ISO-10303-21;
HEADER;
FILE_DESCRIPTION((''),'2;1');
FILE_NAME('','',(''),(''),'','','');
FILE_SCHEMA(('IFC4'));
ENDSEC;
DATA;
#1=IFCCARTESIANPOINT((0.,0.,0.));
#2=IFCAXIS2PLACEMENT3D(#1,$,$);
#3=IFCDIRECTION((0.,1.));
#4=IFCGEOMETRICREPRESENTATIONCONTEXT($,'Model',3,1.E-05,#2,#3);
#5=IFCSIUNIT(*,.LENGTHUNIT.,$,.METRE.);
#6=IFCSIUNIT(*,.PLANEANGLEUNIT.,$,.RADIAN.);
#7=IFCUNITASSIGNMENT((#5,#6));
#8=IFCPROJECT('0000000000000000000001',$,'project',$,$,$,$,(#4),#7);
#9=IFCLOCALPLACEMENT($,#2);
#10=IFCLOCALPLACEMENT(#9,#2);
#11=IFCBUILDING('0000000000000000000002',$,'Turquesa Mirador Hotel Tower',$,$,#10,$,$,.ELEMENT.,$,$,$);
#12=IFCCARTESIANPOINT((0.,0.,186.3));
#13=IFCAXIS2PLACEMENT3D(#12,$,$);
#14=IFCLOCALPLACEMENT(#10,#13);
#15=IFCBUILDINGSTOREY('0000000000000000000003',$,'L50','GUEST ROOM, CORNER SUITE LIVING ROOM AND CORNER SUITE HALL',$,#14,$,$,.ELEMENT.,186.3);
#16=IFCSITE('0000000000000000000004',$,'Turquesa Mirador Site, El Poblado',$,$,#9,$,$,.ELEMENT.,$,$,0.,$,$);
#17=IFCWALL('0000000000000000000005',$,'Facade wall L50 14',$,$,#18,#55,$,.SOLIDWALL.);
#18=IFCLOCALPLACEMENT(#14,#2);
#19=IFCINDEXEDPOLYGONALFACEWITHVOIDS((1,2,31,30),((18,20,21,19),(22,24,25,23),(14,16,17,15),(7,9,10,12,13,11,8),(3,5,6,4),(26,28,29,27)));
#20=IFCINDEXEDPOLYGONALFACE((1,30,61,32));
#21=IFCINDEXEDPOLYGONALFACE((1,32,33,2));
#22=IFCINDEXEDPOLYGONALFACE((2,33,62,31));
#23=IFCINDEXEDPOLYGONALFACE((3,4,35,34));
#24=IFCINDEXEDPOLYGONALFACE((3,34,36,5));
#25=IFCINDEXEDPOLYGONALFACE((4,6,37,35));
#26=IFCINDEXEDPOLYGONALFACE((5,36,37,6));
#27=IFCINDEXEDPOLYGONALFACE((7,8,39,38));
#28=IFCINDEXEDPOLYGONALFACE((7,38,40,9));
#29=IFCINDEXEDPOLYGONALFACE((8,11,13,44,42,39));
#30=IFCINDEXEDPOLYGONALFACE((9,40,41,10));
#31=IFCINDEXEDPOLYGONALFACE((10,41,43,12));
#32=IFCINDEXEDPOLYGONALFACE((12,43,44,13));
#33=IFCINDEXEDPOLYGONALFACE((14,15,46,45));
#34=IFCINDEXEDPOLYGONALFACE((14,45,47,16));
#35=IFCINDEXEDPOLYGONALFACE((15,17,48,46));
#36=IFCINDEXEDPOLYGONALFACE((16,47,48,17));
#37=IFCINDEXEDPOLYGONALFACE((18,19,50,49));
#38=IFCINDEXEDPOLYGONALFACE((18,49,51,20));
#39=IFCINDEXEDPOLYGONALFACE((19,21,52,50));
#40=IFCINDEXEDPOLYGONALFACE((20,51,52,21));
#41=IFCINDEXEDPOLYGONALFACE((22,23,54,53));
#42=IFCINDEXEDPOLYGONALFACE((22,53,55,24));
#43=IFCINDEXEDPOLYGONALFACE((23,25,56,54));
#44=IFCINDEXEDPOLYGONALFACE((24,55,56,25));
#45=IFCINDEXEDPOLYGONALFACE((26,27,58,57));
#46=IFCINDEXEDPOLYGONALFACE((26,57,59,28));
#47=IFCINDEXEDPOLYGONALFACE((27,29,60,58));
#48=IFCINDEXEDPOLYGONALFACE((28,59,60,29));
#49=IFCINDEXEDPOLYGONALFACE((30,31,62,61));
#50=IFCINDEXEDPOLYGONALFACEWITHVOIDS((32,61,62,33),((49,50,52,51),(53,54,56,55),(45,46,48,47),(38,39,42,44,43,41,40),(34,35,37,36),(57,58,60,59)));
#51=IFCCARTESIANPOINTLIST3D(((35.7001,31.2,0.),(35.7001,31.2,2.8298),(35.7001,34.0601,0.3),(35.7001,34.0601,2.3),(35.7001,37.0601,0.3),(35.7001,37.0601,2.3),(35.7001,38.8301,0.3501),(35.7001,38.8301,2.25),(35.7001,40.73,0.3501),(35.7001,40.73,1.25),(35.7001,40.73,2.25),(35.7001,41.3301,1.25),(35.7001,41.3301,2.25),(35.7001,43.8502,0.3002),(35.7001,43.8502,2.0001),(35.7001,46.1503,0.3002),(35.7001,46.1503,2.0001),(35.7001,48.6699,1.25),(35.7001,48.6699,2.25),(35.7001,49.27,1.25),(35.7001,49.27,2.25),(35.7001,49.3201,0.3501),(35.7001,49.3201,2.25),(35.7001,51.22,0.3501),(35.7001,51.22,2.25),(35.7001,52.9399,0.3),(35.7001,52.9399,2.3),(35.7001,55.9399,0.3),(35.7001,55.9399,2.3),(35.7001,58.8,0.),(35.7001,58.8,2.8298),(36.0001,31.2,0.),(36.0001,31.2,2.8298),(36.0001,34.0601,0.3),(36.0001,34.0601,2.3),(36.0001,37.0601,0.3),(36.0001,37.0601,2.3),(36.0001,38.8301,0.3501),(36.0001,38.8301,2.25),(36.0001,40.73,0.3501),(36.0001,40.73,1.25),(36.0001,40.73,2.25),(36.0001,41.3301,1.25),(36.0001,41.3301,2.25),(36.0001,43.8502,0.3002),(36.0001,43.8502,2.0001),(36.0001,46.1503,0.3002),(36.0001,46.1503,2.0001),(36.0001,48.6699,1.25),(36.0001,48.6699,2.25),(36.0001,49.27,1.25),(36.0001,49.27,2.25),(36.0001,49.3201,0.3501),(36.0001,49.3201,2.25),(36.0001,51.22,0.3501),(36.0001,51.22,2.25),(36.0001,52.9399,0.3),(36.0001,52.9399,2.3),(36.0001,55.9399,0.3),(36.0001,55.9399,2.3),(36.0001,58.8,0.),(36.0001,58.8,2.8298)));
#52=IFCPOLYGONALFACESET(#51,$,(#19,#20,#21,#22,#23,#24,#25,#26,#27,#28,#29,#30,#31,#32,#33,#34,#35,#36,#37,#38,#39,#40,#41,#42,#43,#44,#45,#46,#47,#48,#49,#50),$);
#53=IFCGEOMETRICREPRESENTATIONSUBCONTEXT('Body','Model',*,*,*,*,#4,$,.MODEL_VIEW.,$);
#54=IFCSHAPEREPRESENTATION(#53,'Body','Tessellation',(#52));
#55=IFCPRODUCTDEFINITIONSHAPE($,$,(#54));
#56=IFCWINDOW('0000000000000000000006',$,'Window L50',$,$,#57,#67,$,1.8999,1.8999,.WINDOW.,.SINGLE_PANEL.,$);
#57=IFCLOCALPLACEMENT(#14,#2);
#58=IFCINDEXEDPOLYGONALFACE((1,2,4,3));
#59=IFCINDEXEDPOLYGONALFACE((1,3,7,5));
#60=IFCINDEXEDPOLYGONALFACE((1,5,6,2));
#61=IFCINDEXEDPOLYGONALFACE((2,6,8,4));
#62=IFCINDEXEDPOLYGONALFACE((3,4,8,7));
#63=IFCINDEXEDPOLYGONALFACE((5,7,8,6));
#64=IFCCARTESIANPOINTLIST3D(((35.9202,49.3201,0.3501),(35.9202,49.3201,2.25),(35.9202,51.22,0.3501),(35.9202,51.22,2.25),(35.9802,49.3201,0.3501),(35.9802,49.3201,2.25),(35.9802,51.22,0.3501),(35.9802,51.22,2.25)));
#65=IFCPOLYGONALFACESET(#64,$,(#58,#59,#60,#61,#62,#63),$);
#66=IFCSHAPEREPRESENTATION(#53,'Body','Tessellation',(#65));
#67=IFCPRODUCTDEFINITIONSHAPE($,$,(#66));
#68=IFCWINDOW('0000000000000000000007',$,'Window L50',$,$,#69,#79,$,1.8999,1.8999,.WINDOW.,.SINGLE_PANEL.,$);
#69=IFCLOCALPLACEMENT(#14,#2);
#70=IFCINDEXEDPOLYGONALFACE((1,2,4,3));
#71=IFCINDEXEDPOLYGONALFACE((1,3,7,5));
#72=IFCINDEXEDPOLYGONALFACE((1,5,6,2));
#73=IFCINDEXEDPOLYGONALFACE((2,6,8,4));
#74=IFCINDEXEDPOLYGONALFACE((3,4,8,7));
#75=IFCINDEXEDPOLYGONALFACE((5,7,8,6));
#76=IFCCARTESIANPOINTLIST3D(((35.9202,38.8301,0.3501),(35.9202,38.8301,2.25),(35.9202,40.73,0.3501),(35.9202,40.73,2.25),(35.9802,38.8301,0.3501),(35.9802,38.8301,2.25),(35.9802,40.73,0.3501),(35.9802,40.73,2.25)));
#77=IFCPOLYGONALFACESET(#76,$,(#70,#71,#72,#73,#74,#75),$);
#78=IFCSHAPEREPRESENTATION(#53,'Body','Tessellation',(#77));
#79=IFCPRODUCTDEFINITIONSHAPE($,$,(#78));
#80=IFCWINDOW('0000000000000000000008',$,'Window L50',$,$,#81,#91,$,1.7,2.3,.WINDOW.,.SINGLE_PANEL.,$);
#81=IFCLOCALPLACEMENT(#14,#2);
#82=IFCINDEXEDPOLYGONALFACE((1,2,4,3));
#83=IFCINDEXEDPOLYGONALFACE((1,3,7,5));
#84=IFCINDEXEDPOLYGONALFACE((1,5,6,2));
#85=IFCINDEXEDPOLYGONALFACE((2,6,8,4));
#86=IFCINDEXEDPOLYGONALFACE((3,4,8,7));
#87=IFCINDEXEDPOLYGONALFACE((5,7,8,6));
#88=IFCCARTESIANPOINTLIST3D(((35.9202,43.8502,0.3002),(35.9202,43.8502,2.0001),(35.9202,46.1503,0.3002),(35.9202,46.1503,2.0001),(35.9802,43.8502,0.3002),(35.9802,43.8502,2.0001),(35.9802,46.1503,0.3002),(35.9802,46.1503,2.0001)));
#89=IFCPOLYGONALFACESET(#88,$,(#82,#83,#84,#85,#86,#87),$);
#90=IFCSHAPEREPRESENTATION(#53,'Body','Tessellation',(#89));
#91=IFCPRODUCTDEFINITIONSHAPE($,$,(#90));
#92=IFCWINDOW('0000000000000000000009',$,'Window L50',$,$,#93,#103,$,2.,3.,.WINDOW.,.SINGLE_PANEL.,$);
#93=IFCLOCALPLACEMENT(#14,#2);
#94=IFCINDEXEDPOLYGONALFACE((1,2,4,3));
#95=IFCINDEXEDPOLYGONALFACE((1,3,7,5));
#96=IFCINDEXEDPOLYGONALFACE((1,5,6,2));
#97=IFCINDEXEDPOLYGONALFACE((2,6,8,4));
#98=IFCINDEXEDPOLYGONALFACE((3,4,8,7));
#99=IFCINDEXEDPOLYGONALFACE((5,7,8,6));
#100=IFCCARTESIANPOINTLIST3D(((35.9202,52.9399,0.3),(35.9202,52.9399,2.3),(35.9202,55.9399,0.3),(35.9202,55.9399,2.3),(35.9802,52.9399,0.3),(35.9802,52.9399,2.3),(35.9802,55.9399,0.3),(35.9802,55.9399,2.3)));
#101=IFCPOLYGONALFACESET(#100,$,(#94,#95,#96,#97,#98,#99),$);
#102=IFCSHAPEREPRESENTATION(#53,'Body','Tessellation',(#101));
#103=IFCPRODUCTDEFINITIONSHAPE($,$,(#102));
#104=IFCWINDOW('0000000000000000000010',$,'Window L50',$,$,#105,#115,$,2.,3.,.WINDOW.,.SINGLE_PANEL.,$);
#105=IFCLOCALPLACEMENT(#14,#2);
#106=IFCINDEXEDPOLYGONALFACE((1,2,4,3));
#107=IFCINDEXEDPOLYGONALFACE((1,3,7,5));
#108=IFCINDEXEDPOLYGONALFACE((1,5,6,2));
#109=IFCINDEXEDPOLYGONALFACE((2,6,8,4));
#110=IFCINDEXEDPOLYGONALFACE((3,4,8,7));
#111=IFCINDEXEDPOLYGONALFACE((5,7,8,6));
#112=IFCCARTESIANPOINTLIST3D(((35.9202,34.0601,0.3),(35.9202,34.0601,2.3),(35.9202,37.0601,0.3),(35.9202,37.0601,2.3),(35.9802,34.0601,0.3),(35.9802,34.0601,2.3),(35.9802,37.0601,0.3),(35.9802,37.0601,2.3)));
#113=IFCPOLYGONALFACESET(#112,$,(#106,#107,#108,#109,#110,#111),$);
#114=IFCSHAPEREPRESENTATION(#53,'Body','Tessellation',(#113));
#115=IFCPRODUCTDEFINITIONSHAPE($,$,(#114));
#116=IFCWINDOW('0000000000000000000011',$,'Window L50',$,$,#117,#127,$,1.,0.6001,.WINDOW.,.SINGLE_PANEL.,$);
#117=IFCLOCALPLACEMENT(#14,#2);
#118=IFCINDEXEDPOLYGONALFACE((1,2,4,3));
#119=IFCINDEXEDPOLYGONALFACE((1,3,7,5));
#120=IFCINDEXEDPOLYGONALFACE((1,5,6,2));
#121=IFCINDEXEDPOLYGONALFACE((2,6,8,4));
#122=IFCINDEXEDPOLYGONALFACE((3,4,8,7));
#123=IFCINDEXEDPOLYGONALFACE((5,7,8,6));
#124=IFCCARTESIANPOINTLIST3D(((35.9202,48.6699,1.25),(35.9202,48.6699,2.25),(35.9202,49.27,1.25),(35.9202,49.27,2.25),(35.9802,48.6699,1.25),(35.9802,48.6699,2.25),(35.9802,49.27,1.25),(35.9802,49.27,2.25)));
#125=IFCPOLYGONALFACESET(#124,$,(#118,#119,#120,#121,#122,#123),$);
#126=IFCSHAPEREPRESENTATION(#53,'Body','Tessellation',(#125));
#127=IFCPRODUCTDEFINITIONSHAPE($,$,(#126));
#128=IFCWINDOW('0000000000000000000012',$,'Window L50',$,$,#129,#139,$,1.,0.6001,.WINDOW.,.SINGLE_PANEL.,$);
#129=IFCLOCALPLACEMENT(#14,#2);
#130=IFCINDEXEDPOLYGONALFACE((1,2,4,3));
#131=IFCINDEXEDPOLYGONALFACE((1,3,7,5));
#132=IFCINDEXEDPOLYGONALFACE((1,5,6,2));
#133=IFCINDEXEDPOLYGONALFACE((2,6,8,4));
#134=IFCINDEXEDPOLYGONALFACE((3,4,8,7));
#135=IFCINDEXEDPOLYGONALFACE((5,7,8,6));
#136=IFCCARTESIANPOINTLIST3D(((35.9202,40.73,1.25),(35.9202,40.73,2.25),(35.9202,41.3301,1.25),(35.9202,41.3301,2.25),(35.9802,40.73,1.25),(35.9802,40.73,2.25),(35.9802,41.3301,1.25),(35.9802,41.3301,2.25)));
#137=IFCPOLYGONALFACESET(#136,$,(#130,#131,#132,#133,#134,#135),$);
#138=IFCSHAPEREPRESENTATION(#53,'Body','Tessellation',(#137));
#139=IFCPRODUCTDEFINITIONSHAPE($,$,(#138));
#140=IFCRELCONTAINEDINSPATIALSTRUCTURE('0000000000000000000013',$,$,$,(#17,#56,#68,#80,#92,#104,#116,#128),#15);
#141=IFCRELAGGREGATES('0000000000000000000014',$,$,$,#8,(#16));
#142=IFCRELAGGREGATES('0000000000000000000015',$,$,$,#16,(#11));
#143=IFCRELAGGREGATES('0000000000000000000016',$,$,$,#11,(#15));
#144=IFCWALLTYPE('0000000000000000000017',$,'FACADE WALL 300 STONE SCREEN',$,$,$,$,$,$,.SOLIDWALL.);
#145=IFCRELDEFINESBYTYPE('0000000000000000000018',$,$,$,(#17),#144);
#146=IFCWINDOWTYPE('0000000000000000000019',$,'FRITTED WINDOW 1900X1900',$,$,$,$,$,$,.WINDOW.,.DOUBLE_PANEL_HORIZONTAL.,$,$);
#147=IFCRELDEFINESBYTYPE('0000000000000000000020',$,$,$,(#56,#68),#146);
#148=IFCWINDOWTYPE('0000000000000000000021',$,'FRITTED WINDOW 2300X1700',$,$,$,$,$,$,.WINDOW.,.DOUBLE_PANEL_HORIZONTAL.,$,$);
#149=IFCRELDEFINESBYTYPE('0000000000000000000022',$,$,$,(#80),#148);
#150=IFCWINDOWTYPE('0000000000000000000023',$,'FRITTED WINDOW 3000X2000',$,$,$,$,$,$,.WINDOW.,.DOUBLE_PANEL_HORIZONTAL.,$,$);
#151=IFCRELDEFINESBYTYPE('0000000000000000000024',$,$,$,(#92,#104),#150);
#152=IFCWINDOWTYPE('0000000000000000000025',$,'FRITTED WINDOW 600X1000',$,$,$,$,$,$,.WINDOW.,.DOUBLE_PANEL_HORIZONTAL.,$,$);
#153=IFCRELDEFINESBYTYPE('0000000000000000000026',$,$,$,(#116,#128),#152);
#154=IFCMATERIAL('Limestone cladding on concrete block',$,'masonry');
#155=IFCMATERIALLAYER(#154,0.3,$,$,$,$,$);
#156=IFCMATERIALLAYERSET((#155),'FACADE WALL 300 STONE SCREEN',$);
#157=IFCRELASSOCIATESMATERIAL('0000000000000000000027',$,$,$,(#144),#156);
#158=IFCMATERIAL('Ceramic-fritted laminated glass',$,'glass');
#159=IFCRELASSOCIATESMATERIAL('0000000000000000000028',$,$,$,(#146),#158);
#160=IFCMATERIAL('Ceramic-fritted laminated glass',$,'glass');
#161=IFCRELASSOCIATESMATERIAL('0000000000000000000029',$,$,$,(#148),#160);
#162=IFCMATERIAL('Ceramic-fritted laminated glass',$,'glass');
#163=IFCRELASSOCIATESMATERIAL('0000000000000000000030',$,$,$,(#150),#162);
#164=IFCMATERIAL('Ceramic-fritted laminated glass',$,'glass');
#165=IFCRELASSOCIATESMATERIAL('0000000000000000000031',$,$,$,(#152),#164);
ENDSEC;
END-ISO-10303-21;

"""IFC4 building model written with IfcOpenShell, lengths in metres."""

from ifc_helpers import new_model, si_unit, direction, frame, frame_2d, origin, place, context, subcontext, project, spatial, rectangle, extrude, material, layer, layer_set, type_object, element, fill, save


model = new_model("IFC4")

# Units and contexts
model_context = context("Model", 3, precision=1e-05, world=origin(), true_north=direction((0.0, 1.0)))
body_context = subcontext(model_context, "Body", "Model", "MODEL_VIEW")
ifc_project = project(units=[si_unit("LENGTHUNIT", "METRE"), si_unit("PLANEANGLEUNIT", "RADIAN")], contexts=[model_context])

# Site, building, storey
site_placement = place(None, origin())
site = spatial("IfcSite", under=ifc_project, at=site_placement, Name="Turquesa Mirador Site, El Poblado", CompositionType="ELEMENT", RefElevation=0.0)
building_placement = place(site_placement, origin())
building = spatial("IfcBuilding", under=site, at=building_placement, Name="Turquesa Mirador Hotel Tower", CompositionType="ELEMENT")
storey_placement = place(building_placement, frame((0.0, 0.0, 186.3)))
storey = spatial("IfcBuildingStorey", under=building, at=storey_placement, Name="L50", Description="GUEST ROOM, CORNER SUITE LIVING ROOM AND CORNER SUITE HALL", CompositionType="ELEMENT", Elevation=186.3)

# Shared definitions
ifc_material_1 = material(Name="Limestone cladding on concrete block", Category="masonry")
ifc_layer = layer(ifc_material_1, 0.3)
ifc_layer_set = layer_set([ifc_layer], Name="FACADE WALL 300 STONE SCREEN")
wall_type = type_object("IfcWallType", Name="FACADE WALL 300 STONE SCREEN", PredefinedType="SOLIDWALL", material=ifc_layer_set)

# Wall, openings, windows
wall_1_placement = place(storey_placement, frame((35.8501, 58.8, 0.0), z_axis=(0.0, 0.0, 1.0), x_axis=(0.0, -1.0, 0.0)))
wall_1 = element("IfcWall", 1, at=wall_1_placement, inside=storey, type_object=wall_type, Name="Facade wall L50 14", PredefinedType="SOLIDWALL", context=body_context, shape_type="SweptSolid", body=[
    extrude(rectangle(XDim=27.6001, YDim=0.3, at=frame_2d((13.8, 0.0))), origin(), (0.0, 0.0, 1.0), 2.8298),
])
opening_1_placement = place(wall_1_placement, frame((2.8601, 0.0, 0.3)))
opening_1 = element("IfcOpeningElement", 2, at=opening_1_placement, cuts=wall_1, PredefinedType="OPENING", context=body_context, shape_type="SweptSolid", body=[
    extrude(rectangle(XDim=3.0, YDim=2.0, at=frame_2d((1.5, 1.0))), frame((0.0, 0.1599, 0.0), z_axis=(0.0, -1.0, 0.0), x_axis=(1.0, 0.0, 0.0)), (0.0, 0.0, 1.0), 0.3201),
])
opening_2_placement = place(wall_1_placement, frame((7.5801, 0.0, 0.3501)))
opening_2 = element("IfcOpeningElement", 3, at=opening_2_placement, cuts=wall_1, PredefinedType="OPENING", context=body_context, shape_type="SweptSolid", body=[
    extrude(rectangle(XDim=1.8999, YDim=1.8999, at=frame_2d((0.95, 0.95))), frame((0.0, 0.1599, 0.0), z_axis=(0.0, -1.0, 0.0), x_axis=(1.0, 0.0, 0.0)), (0.0, 0.0, 1.0), 0.3201),
])
opening_3_placement = place(wall_1_placement, frame((12.6499, 0.0, 0.3)))
opening_3 = element("IfcOpeningElement", 4, at=opening_3_placement, cuts=wall_1, PredefinedType="OPENING", context=body_context, shape_type="SweptSolid", body=[
    extrude(rectangle(XDim=2.3, YDim=1.7, at=frame_2d((1.1499, 0.8501))), frame((0.0, 0.1599, 0.0), z_axis=(0.0, -1.0, 0.0), x_axis=(1.0, 0.0, 0.0)), (0.0, 0.0, 1.0), 0.3201),
])
opening_4_placement = place(wall_1_placement, frame((18.0701, 0.0, 0.3501)))
opening_4 = element("IfcOpeningElement", 5, at=opening_4_placement, cuts=wall_1, PredefinedType="OPENING", context=body_context, shape_type="SweptSolid", body=[
    extrude(rectangle(XDim=1.8999, YDim=1.8999, at=frame_2d((0.95, 0.95))), frame((0.0, 0.1599, 0.0), z_axis=(0.0, -1.0, 0.0), x_axis=(1.0, 0.0, 0.0)), (0.0, 0.0, 1.0), 0.3201),
])
opening_5_placement = place(wall_1_placement, frame((21.74, 0.0, 0.3)))
opening_5 = element("IfcOpeningElement", 6, at=opening_5_placement, cuts=wall_1, PredefinedType="OPENING", context=body_context, shape_type="SweptSolid", body=[
    extrude(rectangle(XDim=3.0, YDim=2.0, at=frame_2d((1.5, 1.0))), frame((0.0, 0.1599, 0.0), z_axis=(0.0, -1.0, 0.0), x_axis=(1.0, 0.0, 0.0)), (0.0, 0.0, 1.0), 0.3201),
])
opening_6_placement = place(wall_1_placement, frame((9.53, 0.0, 1.25)))
opening_6 = element("IfcOpeningElement", 7, at=opening_6_placement, cuts=wall_1, PredefinedType="OPENING", context=body_context, shape_type="SweptSolid", body=[
    extrude(rectangle(XDim=0.6001, YDim=1.0, at=frame_2d((0.3, 0.5))), frame((0.0, 0.1599, 0.0), z_axis=(0.0, -1.0, 0.0), x_axis=(1.0, 0.0, 0.0)), (0.0, 0.0, 1.0), 0.3201),
])
opening_7_placement = place(wall_1_placement, frame((17.47, 0.0, 1.25)))
opening_7 = element("IfcOpeningElement", 8, at=opening_7_placement, cuts=wall_1, PredefinedType="OPENING", context=body_context, shape_type="SweptSolid", body=[
    extrude(rectangle(XDim=0.6001, YDim=1.0, at=frame_2d((0.3, 0.5))), frame((0.0, 0.1599, 0.0), z_axis=(0.0, -1.0, 0.0), x_axis=(1.0, 0.0, 0.0)), (0.0, 0.0, 1.0), 0.3201),
])
ifc_material_2 = material(Name="Ceramic-fritted laminated glass", Category="glass")
window_type_1 = type_object("IfcWindowType", Name="FRITTED WINDOW 1900X1900", PartitioningType="DOUBLE_PANEL_HORIZONTAL", PredefinedType="WINDOW", material=ifc_material_2)
window_1_placement = place(opening_2_placement, origin())
window_1 = element("IfcWindow", 9, at=window_1_placement, inside=storey, type_object=window_type_1, Name="Window L50", OverallHeight=1.8999, OverallWidth=1.8999, PartitioningType="SINGLE_PANEL", PredefinedType="WINDOW", context=body_context, shape_type="SweptSolid", body=[
    extrude(rectangle(XDim=1.8999, YDim=1.8999, at=frame_2d((0.95, 0.95))), frame((0.0, 0.1301, 0.0), z_axis=(0.0, -1.0, 0.0), x_axis=(1.0, 0.0, 0.0)), (0.0, 0.0, 1.0), 0.0601),
])
fill(opening_2, window_1)
window_2_placement = place(opening_4_placement, origin())
window_2 = element("IfcWindow", 10, at=window_2_placement, inside=storey, type_object=window_type_1, Name="Window L50", OverallHeight=1.8999, OverallWidth=1.8999, PartitioningType="SINGLE_PANEL", PredefinedType="WINDOW", context=body_context, shape_type="SweptSolid", body=[
    extrude(rectangle(XDim=1.8999, YDim=1.8999, at=frame_2d((0.95, 0.95))), frame((0.0, 0.1301, 0.0), z_axis=(0.0, -1.0, 0.0), x_axis=(1.0, 0.0, 0.0)), (0.0, 0.0, 1.0), 0.0601),
])
fill(opening_4, window_2)
ifc_material_3 = material(Name="Ceramic-fritted laminated glass", Category="glass")
window_type_2 = type_object("IfcWindowType", Name="FRITTED WINDOW 2300X1700", PartitioningType="DOUBLE_PANEL_HORIZONTAL", PredefinedType="WINDOW", material=ifc_material_3)
window_3_placement = place(opening_3_placement, origin())
window_3 = element("IfcWindow", 11, at=window_3_placement, inside=storey, type_object=window_type_2, Name="Window L50", OverallHeight=1.7, OverallWidth=2.3, PartitioningType="SINGLE_PANEL", PredefinedType="WINDOW", context=body_context, shape_type="SweptSolid", body=[
    extrude(rectangle(XDim=2.3, YDim=1.7, at=frame_2d((1.1499, 0.8501))), frame((0.0, 0.1301, 0.0), z_axis=(0.0, -1.0, 0.0), x_axis=(1.0, 0.0, 0.0)), (0.0, 0.0, 1.0), 0.0601),
])
fill(opening_3, window_3)
ifc_material_4 = material(Name="Ceramic-fritted laminated glass", Category="glass")
window_type_3 = type_object("IfcWindowType", Name="FRITTED WINDOW 3000X2000", PartitioningType="DOUBLE_PANEL_HORIZONTAL", PredefinedType="WINDOW", material=ifc_material_4)
window_4_placement = place(opening_1_placement, origin())
window_4 = element("IfcWindow", 12, at=window_4_placement, inside=storey, type_object=window_type_3, Name="Window L50", OverallHeight=2.0, OverallWidth=3.0, PartitioningType="SINGLE_PANEL", PredefinedType="WINDOW", context=body_context, shape_type="SweptSolid", body=[
    extrude(rectangle(XDim=3.0, YDim=2.0, at=frame_2d((1.5, 1.0))), frame((0.0, 0.1301, 0.0), z_axis=(0.0, -1.0, 0.0), x_axis=(1.0, 0.0, 0.0)), (0.0, 0.0, 1.0), 0.0601),
])
fill(opening_1, window_4)
window_5_placement = place(opening_5_placement, origin())
window_5 = element("IfcWindow", 13, at=window_5_placement, inside=storey, type_object=window_type_3, Name="Window L50", OverallHeight=2.0, OverallWidth=3.0, PartitioningType="SINGLE_PANEL", PredefinedType="WINDOW", context=body_context, shape_type="SweptSolid", body=[
    extrude(rectangle(XDim=3.0, YDim=2.0, at=frame_2d((1.5, 1.0))), frame((0.0, 0.1301, 0.0), z_axis=(0.0, -1.0, 0.0), x_axis=(1.0, 0.0, 0.0)), (0.0, 0.0, 1.0), 0.0601),
])
fill(opening_5, window_5)
ifc_material_5 = material(Name="Ceramic-fritted laminated glass", Category="glass")
window_type_4 = type_object("IfcWindowType", Name="FRITTED WINDOW 600X1000", PartitioningType="DOUBLE_PANEL_HORIZONTAL", PredefinedType="WINDOW", material=ifc_material_5)
window_6_placement = place(opening_6_placement, origin())
window_6 = element("IfcWindow", 14, at=window_6_placement, inside=storey, type_object=window_type_4, Name="Window L50", OverallHeight=1.0, OverallWidth=0.6001, PartitioningType="SINGLE_PANEL", PredefinedType="WINDOW", context=body_context, shape_type="SweptSolid", body=[
    extrude(rectangle(XDim=0.6001, YDim=1.0, at=frame_2d((0.3, 0.5))), frame((0.0, 0.1301, 0.0), z_axis=(0.0, -1.0, 0.0), x_axis=(1.0, 0.0, 0.0)), (0.0, 0.0, 1.0), 0.0601),
])
fill(opening_6, window_6)
window_7_placement = place(opening_7_placement, origin())
window_7 = element("IfcWindow", 15, at=window_7_placement, inside=storey, type_object=window_type_4, Name="Window L50", OverallHeight=1.0, OverallWidth=0.6001, PartitioningType="SINGLE_PANEL", PredefinedType="WINDOW", context=body_context, shape_type="SweptSolid", body=[
    extrude(rectangle(XDim=0.6001, YDim=1.0, at=frame_2d((0.3, 0.5))), frame((0.0, 0.1301, 0.0), z_axis=(0.0, -1.0, 0.0), x_axis=(1.0, 0.0, 0.0)), (0.0, 0.0, 1.0), 0.0601),
])
fill(opening_7, window_7)

save(model, "model.ifc")
